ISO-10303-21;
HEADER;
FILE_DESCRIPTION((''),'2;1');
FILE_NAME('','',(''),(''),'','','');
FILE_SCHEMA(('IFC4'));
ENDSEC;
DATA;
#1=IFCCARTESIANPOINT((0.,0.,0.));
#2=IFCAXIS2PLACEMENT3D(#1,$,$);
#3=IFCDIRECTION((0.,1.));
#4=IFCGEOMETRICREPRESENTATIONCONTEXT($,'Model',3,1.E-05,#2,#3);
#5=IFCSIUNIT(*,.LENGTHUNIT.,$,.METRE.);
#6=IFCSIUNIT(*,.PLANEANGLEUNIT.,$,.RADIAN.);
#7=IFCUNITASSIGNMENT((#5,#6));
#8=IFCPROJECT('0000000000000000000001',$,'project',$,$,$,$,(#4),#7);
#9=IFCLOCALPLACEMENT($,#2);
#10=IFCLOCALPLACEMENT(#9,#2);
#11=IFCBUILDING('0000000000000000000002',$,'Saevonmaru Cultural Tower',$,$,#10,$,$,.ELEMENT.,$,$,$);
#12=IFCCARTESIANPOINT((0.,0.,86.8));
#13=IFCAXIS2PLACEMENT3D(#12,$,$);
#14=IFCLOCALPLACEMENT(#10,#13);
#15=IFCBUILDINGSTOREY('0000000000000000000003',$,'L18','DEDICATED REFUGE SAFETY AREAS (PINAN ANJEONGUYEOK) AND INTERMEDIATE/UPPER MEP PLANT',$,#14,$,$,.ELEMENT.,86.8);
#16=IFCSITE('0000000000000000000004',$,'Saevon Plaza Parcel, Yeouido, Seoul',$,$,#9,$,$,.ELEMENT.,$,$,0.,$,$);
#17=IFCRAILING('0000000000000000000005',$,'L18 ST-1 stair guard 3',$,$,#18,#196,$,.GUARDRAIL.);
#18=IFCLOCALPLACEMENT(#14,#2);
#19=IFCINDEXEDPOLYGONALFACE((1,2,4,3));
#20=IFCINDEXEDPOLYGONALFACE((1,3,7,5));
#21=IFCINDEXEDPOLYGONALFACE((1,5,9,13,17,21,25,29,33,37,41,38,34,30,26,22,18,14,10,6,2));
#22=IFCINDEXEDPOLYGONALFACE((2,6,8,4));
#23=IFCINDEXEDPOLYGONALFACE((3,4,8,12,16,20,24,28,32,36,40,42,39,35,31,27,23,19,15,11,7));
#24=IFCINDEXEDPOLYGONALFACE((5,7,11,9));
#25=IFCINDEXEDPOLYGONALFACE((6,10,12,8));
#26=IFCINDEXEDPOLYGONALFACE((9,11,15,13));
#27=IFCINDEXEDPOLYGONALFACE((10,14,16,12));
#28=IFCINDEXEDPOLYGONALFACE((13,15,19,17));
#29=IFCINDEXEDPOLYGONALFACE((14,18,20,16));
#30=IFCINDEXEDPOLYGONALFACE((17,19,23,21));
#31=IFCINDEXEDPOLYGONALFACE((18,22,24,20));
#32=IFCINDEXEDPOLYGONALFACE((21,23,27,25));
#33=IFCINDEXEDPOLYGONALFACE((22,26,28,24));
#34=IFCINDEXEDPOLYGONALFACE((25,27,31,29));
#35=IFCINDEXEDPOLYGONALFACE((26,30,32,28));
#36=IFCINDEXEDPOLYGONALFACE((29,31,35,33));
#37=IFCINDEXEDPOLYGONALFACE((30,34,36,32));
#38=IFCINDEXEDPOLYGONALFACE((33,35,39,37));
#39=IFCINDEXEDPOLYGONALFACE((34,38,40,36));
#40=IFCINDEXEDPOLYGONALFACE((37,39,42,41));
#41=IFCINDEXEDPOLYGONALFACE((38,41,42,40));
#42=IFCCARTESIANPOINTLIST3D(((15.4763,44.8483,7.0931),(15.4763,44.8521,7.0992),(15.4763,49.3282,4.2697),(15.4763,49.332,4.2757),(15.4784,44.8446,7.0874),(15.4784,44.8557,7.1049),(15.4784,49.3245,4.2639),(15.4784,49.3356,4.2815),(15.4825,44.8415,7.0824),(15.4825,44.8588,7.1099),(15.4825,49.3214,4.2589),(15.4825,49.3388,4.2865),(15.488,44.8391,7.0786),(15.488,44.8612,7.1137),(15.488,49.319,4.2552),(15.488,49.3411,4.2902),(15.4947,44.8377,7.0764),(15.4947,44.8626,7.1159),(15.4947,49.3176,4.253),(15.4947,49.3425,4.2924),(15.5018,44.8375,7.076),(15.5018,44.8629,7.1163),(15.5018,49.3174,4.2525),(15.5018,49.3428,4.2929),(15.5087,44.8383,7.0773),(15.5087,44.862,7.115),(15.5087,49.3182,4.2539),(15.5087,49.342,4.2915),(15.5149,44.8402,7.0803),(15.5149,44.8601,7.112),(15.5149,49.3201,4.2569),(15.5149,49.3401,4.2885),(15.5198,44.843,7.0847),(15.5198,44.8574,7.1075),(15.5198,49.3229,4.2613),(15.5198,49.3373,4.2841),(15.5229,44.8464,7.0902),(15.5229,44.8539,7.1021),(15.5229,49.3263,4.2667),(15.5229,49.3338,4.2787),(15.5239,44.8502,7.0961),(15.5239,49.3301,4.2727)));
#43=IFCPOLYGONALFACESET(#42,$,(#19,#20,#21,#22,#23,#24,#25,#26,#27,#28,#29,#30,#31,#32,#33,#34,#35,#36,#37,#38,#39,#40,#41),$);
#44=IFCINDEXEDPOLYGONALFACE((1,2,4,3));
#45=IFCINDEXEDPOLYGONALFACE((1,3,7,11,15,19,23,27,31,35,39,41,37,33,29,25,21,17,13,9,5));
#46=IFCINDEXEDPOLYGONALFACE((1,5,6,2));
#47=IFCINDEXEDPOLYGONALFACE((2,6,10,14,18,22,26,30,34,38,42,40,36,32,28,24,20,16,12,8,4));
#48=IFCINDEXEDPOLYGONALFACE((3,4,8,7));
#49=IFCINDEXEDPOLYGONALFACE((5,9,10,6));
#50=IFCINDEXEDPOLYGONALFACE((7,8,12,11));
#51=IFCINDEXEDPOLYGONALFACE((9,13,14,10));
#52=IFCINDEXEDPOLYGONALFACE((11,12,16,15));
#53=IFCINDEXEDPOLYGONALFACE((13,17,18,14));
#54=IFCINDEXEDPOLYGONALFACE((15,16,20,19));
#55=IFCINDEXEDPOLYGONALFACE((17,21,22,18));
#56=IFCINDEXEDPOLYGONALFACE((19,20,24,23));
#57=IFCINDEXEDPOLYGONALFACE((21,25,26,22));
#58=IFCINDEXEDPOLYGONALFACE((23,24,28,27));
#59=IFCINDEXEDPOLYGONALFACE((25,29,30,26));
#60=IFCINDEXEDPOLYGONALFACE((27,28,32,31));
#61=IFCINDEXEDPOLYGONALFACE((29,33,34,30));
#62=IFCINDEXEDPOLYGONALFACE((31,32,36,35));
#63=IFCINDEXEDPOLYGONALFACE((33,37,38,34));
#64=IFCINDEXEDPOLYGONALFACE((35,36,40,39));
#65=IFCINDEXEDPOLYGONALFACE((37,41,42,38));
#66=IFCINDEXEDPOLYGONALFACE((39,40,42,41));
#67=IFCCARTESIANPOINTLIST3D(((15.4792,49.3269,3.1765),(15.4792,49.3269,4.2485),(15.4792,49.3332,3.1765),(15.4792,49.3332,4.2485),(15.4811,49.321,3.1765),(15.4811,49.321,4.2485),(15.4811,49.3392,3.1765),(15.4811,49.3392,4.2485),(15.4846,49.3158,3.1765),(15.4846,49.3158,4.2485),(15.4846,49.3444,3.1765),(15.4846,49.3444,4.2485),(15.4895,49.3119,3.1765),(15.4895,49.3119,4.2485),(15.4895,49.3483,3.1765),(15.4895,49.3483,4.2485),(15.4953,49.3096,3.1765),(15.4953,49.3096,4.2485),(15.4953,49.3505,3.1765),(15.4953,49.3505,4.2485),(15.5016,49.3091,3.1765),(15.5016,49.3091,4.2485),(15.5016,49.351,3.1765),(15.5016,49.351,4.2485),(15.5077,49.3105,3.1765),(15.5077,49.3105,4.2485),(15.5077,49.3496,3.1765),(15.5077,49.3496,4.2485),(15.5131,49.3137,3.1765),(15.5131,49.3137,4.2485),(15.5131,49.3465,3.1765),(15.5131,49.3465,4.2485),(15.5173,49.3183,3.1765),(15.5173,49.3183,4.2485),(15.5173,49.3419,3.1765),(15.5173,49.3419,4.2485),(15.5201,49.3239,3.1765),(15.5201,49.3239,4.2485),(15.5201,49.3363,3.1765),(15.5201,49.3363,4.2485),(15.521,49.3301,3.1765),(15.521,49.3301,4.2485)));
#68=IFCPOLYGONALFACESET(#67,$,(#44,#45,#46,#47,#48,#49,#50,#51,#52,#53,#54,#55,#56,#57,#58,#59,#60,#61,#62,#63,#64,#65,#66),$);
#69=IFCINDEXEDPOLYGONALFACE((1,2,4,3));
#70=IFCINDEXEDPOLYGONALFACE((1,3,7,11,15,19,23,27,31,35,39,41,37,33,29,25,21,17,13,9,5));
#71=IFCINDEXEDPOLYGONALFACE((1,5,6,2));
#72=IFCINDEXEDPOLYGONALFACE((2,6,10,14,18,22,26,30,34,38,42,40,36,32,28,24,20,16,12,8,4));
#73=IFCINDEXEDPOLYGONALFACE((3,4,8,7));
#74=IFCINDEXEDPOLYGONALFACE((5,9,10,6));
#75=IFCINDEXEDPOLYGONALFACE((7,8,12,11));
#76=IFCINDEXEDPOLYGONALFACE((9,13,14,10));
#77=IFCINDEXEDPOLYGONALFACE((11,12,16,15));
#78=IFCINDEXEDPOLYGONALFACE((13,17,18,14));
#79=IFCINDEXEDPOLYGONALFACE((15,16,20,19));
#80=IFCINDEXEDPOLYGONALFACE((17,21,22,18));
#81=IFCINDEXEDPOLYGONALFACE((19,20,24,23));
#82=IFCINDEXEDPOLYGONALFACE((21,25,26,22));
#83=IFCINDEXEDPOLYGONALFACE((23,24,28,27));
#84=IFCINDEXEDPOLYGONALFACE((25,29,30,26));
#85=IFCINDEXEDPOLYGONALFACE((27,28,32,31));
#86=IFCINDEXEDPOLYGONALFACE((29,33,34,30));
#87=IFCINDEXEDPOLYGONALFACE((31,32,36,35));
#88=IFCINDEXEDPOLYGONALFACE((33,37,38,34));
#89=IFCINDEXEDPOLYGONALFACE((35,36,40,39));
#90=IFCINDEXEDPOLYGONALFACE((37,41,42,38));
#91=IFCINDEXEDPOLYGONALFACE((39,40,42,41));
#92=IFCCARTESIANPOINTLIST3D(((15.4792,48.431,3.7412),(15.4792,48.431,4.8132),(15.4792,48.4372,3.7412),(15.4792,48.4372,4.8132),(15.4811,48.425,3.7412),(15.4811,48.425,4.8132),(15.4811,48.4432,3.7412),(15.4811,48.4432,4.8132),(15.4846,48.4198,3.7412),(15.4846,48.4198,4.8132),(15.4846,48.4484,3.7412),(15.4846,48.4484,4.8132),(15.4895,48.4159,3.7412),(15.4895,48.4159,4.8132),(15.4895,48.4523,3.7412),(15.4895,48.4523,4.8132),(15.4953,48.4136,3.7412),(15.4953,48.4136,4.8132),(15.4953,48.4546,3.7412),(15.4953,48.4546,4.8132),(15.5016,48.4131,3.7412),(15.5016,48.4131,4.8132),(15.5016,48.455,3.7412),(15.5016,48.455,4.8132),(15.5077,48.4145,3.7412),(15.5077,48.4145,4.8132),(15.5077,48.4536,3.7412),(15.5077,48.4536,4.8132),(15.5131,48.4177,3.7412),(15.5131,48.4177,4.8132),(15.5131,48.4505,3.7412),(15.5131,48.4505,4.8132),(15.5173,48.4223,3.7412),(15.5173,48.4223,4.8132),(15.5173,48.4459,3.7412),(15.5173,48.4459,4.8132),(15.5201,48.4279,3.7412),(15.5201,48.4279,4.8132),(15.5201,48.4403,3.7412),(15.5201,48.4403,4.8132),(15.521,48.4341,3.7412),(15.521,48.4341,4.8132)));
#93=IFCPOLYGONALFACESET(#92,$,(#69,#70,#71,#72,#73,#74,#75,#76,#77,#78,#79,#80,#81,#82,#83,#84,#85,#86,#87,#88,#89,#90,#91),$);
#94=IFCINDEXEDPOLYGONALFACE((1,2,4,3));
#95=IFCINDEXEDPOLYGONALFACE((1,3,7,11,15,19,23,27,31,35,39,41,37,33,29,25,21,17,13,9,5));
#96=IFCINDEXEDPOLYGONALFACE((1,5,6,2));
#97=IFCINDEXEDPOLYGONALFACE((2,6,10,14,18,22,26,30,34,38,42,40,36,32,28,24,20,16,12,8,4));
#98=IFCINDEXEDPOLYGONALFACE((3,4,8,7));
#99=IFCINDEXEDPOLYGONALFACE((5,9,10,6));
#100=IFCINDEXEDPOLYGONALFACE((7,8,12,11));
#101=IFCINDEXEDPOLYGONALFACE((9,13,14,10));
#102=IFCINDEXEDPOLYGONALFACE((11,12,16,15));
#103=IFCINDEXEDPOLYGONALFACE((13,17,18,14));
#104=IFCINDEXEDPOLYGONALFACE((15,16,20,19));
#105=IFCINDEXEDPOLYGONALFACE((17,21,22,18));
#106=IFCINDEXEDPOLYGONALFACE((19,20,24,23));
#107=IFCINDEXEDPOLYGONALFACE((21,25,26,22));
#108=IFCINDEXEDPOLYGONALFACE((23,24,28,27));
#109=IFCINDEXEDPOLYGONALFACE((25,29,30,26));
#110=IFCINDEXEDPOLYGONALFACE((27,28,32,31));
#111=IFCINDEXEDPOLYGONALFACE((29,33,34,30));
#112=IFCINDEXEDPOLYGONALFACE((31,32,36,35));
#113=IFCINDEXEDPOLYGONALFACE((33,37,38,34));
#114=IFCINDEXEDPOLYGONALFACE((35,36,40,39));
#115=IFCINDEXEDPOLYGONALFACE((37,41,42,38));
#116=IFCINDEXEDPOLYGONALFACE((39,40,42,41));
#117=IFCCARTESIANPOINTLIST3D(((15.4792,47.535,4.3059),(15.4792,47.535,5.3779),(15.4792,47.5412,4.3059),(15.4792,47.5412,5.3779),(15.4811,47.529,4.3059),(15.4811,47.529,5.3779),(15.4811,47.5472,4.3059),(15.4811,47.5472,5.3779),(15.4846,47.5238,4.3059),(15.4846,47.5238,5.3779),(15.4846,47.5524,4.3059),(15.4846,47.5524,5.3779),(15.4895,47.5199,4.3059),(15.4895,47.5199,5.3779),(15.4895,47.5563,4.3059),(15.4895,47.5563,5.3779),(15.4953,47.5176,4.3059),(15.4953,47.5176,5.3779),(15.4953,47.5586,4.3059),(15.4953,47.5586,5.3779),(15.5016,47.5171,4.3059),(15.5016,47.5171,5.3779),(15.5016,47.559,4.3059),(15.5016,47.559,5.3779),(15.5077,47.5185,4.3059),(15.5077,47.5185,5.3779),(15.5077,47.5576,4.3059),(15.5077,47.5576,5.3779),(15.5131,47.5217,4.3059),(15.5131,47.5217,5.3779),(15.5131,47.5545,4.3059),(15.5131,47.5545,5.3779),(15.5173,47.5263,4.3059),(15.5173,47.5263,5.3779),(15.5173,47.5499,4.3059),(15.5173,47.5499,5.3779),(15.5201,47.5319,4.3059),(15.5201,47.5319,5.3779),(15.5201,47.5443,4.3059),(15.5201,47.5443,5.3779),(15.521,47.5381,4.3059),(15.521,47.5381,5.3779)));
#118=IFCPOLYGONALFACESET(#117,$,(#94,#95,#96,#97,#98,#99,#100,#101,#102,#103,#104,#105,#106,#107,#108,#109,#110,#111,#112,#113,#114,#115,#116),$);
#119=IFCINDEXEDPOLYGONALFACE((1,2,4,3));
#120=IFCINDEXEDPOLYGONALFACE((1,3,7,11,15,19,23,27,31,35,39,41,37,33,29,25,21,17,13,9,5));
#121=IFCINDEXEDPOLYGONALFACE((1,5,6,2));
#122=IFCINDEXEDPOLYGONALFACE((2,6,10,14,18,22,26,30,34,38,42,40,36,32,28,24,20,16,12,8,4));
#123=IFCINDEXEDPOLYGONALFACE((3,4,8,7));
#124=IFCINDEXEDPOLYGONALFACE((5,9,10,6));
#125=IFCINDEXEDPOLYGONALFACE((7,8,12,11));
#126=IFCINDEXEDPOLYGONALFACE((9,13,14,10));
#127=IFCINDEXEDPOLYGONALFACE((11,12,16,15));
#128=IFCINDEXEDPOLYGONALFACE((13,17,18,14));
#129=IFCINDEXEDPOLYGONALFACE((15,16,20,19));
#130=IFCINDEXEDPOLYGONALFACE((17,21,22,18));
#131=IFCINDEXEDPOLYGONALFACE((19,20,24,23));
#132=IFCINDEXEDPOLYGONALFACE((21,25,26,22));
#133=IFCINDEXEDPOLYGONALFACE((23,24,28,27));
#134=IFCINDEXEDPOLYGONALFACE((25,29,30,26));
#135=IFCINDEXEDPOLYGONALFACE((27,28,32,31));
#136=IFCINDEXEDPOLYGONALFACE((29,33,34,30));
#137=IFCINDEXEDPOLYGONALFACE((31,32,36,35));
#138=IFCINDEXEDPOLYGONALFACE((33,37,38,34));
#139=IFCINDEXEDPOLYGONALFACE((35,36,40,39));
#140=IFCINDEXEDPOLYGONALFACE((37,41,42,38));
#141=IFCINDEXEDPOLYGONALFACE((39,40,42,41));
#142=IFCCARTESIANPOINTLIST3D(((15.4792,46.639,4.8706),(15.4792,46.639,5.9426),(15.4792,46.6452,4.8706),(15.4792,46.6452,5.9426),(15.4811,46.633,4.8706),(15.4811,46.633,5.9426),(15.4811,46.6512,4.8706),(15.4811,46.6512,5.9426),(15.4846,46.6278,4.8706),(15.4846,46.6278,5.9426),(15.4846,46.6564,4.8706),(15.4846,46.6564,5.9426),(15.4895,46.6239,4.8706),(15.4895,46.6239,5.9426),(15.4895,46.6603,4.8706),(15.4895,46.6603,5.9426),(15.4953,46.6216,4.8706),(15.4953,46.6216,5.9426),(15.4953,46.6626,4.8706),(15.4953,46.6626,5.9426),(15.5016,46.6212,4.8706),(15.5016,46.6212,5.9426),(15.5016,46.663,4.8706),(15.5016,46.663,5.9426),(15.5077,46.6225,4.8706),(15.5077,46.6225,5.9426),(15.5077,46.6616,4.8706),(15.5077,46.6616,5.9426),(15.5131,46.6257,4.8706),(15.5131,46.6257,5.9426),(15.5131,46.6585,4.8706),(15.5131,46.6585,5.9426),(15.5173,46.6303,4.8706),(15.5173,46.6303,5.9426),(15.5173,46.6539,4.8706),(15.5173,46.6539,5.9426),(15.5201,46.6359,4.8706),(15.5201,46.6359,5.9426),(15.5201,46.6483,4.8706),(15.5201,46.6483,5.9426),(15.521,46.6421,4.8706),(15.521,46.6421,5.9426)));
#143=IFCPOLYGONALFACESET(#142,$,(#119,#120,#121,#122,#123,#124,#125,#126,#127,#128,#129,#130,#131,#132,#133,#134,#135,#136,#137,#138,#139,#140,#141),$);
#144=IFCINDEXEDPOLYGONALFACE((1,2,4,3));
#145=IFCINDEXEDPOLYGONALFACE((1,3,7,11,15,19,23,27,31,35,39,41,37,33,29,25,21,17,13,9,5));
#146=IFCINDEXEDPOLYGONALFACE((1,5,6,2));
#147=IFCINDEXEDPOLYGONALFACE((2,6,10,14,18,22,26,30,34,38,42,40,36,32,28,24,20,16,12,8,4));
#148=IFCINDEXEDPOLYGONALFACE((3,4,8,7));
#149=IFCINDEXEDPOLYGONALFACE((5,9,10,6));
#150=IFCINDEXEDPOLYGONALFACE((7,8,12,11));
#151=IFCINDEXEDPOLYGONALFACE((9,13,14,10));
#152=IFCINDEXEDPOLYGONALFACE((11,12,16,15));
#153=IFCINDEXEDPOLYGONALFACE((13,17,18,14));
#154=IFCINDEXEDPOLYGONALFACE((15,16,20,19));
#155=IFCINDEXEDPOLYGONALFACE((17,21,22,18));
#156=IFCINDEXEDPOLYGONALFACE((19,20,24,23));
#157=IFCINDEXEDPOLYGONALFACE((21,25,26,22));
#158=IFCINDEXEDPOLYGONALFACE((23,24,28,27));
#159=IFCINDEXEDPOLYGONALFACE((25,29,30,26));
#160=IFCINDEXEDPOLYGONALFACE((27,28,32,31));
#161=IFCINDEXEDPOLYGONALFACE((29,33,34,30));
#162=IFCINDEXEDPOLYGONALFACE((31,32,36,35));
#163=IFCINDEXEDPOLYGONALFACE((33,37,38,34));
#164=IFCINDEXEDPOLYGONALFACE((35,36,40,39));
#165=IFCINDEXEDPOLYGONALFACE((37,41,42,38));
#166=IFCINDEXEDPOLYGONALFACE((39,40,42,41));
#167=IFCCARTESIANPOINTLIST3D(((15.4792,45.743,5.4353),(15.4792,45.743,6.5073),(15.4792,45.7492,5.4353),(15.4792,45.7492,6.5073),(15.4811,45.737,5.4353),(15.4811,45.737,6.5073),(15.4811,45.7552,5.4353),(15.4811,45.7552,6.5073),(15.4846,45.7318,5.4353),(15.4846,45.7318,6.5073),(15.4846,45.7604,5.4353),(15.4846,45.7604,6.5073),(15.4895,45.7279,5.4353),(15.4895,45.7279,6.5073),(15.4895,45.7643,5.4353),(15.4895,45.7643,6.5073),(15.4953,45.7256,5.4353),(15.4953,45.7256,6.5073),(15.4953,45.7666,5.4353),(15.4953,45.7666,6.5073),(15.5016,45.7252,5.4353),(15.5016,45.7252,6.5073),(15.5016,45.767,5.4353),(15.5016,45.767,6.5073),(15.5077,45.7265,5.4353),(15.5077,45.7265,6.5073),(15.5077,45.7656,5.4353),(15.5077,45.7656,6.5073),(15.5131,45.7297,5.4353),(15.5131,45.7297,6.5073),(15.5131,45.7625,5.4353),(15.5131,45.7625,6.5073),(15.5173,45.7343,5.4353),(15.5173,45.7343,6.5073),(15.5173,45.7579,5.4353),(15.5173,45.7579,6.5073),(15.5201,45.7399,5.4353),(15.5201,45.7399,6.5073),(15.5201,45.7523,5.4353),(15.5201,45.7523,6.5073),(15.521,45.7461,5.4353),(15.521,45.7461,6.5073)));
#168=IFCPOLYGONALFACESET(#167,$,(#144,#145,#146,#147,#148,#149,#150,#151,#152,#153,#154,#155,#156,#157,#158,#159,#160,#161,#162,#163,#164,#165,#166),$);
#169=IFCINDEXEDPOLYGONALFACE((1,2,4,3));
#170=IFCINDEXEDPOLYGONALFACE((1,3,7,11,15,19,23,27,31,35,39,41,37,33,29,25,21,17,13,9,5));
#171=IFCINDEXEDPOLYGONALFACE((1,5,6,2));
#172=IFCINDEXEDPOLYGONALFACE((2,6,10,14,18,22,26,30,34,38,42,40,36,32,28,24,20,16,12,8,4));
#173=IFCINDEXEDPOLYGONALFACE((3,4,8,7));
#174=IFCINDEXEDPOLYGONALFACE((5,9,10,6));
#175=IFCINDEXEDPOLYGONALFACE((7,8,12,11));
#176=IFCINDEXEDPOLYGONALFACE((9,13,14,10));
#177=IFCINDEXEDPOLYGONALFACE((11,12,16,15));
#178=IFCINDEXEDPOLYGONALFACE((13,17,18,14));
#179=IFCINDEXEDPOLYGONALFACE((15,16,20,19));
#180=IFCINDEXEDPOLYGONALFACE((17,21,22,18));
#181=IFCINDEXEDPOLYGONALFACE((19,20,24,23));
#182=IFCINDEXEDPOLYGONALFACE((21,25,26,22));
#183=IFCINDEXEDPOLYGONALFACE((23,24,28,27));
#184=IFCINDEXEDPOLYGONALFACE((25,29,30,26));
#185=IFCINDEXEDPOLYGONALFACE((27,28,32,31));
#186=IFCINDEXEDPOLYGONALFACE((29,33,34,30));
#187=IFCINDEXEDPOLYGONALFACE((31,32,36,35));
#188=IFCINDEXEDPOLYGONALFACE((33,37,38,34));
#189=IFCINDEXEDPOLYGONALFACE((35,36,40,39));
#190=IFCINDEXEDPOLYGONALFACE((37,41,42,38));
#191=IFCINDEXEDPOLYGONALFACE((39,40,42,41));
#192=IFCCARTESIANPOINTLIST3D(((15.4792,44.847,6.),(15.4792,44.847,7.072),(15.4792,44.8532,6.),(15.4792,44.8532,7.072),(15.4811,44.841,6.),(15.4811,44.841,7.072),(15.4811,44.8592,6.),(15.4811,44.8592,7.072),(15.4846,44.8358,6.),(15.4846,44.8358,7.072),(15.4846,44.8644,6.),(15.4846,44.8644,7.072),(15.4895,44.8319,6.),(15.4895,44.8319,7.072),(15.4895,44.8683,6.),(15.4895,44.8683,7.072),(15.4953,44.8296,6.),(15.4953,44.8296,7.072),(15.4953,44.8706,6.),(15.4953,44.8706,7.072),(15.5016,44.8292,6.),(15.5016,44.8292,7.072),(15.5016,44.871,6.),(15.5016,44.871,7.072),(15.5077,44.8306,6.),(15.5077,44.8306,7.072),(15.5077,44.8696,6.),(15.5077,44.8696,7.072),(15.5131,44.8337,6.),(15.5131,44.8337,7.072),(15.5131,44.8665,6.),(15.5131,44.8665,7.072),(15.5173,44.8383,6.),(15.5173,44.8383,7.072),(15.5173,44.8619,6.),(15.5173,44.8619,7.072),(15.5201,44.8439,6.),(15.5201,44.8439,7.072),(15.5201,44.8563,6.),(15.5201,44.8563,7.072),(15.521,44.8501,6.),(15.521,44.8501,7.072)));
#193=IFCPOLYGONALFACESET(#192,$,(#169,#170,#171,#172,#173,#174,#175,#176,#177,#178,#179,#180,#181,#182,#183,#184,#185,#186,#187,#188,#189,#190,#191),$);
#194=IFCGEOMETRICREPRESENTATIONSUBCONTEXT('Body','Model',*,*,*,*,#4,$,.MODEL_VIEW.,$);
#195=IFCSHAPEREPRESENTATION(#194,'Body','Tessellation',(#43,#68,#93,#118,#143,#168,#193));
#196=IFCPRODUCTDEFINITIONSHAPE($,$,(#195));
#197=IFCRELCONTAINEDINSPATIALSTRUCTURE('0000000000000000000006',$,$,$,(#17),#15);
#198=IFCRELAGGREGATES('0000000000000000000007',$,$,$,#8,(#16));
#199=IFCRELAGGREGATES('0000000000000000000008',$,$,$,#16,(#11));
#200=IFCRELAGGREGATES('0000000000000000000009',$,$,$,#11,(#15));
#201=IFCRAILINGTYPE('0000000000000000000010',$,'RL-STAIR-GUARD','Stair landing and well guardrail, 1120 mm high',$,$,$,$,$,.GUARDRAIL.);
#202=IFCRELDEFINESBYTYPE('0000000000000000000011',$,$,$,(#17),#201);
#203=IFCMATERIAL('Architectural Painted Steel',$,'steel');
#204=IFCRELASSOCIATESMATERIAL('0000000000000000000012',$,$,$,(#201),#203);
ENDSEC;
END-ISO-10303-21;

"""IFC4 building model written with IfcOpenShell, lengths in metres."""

from ifc_helpers import new_model, si_unit, direction, frame, origin, origin_2d, place, context, subcontext, project, spatial, circle, extrude, material, type_object, element, save


model = new_model("IFC4")

# Units and contexts
model_context = context("Model", 3, precision=1e-05, world=origin(), true_north=direction((0.0, 1.0)))
body_context = subcontext(model_context, "Body", "Model", "MODEL_VIEW")
ifc_project = project(units=[si_unit("LENGTHUNIT", "METRE"), si_unit("PLANEANGLEUNIT", "RADIAN")], contexts=[model_context])

# Site, building, storey
site_placement = place(None, origin())
site = spatial("IfcSite", under=ifc_project, at=site_placement, Name="Saevon Plaza Parcel, Yeouido, Seoul", CompositionType="ELEMENT", RefElevation=0.0)
building_placement = place(site_placement, origin())
building = spatial("IfcBuilding", under=site, at=building_placement, Name="Saevonmaru Cultural Tower", CompositionType="ELEMENT")
storey_placement = place(building_placement, frame((0.0, 0.0, 86.8)))
storey = spatial("IfcBuildingStorey", under=building, at=storey_placement, Name="L18", Description="DEDICATED REFUGE SAFETY AREAS (PINAN ANJEONGUYEOK) AND INTERMEDIATE/UPPER MEP PLANT", CompositionType="ELEMENT", Elevation=86.8)

# Railing
ifc_material_1 = material(Name="Architectural Painted Steel", Category="steel")
railing_type_1 = type_object("IfcRailingType", Name="RL-STAIR-GUARD", Description="Stair landing and well guardrail, 1120 mm high", PredefinedType="GUARDRAIL", material=ifc_material_1)
railing_1_placement = place(storey_placement, frame((15.5, 49.3301, 3.1765)))
element("IfcRailing", 1, at=railing_1_placement, inside=storey, type_object=railing_type_1, Name="L18 ST-1 stair guard 3", PredefinedType="GUARDRAIL", context=body_context, shape_type="SweptSolid", body=[
    extrude(circle(Radius=0.0239, at=origin_2d()), frame((0.0, 0.0, 1.0962), z_axis=(0.0, -0.845998, 0.533186), x_axis=(1.0, 0.0, 0.0)), (0.0, 0.0, 1.0), 5.2954),
    extrude(circle(Radius=0.021, at=origin_2d()), origin(), (0.0, 0.0, 1.0), 1.072),
    extrude(circle(Radius=0.021, at=origin_2d()), frame((0.0, -0.896, 0.5647)), (0.0, 0.0, 1.0), 1.072),
    extrude(circle(Radius=0.021, at=origin_2d()), frame((0.0, -1.792, 1.1294)), (0.0, 0.0, 1.0), 1.072),
    extrude(circle(Radius=0.021, at=origin_2d()), frame((0.0, -2.688, 1.6941)), (0.0, 0.0, 1.0), 1.072),
    extrude(circle(Radius=0.021, at=origin_2d()), frame((0.0, -3.584, 2.2588)), (0.0, 0.0, 1.0), 1.072),
    extrude(circle(Radius=0.021, at=origin_2d()), frame((0.0, -4.48, 2.8235)), (0.0, 0.0, 1.0), 1.072),
])

save(model, "model.ifc")
